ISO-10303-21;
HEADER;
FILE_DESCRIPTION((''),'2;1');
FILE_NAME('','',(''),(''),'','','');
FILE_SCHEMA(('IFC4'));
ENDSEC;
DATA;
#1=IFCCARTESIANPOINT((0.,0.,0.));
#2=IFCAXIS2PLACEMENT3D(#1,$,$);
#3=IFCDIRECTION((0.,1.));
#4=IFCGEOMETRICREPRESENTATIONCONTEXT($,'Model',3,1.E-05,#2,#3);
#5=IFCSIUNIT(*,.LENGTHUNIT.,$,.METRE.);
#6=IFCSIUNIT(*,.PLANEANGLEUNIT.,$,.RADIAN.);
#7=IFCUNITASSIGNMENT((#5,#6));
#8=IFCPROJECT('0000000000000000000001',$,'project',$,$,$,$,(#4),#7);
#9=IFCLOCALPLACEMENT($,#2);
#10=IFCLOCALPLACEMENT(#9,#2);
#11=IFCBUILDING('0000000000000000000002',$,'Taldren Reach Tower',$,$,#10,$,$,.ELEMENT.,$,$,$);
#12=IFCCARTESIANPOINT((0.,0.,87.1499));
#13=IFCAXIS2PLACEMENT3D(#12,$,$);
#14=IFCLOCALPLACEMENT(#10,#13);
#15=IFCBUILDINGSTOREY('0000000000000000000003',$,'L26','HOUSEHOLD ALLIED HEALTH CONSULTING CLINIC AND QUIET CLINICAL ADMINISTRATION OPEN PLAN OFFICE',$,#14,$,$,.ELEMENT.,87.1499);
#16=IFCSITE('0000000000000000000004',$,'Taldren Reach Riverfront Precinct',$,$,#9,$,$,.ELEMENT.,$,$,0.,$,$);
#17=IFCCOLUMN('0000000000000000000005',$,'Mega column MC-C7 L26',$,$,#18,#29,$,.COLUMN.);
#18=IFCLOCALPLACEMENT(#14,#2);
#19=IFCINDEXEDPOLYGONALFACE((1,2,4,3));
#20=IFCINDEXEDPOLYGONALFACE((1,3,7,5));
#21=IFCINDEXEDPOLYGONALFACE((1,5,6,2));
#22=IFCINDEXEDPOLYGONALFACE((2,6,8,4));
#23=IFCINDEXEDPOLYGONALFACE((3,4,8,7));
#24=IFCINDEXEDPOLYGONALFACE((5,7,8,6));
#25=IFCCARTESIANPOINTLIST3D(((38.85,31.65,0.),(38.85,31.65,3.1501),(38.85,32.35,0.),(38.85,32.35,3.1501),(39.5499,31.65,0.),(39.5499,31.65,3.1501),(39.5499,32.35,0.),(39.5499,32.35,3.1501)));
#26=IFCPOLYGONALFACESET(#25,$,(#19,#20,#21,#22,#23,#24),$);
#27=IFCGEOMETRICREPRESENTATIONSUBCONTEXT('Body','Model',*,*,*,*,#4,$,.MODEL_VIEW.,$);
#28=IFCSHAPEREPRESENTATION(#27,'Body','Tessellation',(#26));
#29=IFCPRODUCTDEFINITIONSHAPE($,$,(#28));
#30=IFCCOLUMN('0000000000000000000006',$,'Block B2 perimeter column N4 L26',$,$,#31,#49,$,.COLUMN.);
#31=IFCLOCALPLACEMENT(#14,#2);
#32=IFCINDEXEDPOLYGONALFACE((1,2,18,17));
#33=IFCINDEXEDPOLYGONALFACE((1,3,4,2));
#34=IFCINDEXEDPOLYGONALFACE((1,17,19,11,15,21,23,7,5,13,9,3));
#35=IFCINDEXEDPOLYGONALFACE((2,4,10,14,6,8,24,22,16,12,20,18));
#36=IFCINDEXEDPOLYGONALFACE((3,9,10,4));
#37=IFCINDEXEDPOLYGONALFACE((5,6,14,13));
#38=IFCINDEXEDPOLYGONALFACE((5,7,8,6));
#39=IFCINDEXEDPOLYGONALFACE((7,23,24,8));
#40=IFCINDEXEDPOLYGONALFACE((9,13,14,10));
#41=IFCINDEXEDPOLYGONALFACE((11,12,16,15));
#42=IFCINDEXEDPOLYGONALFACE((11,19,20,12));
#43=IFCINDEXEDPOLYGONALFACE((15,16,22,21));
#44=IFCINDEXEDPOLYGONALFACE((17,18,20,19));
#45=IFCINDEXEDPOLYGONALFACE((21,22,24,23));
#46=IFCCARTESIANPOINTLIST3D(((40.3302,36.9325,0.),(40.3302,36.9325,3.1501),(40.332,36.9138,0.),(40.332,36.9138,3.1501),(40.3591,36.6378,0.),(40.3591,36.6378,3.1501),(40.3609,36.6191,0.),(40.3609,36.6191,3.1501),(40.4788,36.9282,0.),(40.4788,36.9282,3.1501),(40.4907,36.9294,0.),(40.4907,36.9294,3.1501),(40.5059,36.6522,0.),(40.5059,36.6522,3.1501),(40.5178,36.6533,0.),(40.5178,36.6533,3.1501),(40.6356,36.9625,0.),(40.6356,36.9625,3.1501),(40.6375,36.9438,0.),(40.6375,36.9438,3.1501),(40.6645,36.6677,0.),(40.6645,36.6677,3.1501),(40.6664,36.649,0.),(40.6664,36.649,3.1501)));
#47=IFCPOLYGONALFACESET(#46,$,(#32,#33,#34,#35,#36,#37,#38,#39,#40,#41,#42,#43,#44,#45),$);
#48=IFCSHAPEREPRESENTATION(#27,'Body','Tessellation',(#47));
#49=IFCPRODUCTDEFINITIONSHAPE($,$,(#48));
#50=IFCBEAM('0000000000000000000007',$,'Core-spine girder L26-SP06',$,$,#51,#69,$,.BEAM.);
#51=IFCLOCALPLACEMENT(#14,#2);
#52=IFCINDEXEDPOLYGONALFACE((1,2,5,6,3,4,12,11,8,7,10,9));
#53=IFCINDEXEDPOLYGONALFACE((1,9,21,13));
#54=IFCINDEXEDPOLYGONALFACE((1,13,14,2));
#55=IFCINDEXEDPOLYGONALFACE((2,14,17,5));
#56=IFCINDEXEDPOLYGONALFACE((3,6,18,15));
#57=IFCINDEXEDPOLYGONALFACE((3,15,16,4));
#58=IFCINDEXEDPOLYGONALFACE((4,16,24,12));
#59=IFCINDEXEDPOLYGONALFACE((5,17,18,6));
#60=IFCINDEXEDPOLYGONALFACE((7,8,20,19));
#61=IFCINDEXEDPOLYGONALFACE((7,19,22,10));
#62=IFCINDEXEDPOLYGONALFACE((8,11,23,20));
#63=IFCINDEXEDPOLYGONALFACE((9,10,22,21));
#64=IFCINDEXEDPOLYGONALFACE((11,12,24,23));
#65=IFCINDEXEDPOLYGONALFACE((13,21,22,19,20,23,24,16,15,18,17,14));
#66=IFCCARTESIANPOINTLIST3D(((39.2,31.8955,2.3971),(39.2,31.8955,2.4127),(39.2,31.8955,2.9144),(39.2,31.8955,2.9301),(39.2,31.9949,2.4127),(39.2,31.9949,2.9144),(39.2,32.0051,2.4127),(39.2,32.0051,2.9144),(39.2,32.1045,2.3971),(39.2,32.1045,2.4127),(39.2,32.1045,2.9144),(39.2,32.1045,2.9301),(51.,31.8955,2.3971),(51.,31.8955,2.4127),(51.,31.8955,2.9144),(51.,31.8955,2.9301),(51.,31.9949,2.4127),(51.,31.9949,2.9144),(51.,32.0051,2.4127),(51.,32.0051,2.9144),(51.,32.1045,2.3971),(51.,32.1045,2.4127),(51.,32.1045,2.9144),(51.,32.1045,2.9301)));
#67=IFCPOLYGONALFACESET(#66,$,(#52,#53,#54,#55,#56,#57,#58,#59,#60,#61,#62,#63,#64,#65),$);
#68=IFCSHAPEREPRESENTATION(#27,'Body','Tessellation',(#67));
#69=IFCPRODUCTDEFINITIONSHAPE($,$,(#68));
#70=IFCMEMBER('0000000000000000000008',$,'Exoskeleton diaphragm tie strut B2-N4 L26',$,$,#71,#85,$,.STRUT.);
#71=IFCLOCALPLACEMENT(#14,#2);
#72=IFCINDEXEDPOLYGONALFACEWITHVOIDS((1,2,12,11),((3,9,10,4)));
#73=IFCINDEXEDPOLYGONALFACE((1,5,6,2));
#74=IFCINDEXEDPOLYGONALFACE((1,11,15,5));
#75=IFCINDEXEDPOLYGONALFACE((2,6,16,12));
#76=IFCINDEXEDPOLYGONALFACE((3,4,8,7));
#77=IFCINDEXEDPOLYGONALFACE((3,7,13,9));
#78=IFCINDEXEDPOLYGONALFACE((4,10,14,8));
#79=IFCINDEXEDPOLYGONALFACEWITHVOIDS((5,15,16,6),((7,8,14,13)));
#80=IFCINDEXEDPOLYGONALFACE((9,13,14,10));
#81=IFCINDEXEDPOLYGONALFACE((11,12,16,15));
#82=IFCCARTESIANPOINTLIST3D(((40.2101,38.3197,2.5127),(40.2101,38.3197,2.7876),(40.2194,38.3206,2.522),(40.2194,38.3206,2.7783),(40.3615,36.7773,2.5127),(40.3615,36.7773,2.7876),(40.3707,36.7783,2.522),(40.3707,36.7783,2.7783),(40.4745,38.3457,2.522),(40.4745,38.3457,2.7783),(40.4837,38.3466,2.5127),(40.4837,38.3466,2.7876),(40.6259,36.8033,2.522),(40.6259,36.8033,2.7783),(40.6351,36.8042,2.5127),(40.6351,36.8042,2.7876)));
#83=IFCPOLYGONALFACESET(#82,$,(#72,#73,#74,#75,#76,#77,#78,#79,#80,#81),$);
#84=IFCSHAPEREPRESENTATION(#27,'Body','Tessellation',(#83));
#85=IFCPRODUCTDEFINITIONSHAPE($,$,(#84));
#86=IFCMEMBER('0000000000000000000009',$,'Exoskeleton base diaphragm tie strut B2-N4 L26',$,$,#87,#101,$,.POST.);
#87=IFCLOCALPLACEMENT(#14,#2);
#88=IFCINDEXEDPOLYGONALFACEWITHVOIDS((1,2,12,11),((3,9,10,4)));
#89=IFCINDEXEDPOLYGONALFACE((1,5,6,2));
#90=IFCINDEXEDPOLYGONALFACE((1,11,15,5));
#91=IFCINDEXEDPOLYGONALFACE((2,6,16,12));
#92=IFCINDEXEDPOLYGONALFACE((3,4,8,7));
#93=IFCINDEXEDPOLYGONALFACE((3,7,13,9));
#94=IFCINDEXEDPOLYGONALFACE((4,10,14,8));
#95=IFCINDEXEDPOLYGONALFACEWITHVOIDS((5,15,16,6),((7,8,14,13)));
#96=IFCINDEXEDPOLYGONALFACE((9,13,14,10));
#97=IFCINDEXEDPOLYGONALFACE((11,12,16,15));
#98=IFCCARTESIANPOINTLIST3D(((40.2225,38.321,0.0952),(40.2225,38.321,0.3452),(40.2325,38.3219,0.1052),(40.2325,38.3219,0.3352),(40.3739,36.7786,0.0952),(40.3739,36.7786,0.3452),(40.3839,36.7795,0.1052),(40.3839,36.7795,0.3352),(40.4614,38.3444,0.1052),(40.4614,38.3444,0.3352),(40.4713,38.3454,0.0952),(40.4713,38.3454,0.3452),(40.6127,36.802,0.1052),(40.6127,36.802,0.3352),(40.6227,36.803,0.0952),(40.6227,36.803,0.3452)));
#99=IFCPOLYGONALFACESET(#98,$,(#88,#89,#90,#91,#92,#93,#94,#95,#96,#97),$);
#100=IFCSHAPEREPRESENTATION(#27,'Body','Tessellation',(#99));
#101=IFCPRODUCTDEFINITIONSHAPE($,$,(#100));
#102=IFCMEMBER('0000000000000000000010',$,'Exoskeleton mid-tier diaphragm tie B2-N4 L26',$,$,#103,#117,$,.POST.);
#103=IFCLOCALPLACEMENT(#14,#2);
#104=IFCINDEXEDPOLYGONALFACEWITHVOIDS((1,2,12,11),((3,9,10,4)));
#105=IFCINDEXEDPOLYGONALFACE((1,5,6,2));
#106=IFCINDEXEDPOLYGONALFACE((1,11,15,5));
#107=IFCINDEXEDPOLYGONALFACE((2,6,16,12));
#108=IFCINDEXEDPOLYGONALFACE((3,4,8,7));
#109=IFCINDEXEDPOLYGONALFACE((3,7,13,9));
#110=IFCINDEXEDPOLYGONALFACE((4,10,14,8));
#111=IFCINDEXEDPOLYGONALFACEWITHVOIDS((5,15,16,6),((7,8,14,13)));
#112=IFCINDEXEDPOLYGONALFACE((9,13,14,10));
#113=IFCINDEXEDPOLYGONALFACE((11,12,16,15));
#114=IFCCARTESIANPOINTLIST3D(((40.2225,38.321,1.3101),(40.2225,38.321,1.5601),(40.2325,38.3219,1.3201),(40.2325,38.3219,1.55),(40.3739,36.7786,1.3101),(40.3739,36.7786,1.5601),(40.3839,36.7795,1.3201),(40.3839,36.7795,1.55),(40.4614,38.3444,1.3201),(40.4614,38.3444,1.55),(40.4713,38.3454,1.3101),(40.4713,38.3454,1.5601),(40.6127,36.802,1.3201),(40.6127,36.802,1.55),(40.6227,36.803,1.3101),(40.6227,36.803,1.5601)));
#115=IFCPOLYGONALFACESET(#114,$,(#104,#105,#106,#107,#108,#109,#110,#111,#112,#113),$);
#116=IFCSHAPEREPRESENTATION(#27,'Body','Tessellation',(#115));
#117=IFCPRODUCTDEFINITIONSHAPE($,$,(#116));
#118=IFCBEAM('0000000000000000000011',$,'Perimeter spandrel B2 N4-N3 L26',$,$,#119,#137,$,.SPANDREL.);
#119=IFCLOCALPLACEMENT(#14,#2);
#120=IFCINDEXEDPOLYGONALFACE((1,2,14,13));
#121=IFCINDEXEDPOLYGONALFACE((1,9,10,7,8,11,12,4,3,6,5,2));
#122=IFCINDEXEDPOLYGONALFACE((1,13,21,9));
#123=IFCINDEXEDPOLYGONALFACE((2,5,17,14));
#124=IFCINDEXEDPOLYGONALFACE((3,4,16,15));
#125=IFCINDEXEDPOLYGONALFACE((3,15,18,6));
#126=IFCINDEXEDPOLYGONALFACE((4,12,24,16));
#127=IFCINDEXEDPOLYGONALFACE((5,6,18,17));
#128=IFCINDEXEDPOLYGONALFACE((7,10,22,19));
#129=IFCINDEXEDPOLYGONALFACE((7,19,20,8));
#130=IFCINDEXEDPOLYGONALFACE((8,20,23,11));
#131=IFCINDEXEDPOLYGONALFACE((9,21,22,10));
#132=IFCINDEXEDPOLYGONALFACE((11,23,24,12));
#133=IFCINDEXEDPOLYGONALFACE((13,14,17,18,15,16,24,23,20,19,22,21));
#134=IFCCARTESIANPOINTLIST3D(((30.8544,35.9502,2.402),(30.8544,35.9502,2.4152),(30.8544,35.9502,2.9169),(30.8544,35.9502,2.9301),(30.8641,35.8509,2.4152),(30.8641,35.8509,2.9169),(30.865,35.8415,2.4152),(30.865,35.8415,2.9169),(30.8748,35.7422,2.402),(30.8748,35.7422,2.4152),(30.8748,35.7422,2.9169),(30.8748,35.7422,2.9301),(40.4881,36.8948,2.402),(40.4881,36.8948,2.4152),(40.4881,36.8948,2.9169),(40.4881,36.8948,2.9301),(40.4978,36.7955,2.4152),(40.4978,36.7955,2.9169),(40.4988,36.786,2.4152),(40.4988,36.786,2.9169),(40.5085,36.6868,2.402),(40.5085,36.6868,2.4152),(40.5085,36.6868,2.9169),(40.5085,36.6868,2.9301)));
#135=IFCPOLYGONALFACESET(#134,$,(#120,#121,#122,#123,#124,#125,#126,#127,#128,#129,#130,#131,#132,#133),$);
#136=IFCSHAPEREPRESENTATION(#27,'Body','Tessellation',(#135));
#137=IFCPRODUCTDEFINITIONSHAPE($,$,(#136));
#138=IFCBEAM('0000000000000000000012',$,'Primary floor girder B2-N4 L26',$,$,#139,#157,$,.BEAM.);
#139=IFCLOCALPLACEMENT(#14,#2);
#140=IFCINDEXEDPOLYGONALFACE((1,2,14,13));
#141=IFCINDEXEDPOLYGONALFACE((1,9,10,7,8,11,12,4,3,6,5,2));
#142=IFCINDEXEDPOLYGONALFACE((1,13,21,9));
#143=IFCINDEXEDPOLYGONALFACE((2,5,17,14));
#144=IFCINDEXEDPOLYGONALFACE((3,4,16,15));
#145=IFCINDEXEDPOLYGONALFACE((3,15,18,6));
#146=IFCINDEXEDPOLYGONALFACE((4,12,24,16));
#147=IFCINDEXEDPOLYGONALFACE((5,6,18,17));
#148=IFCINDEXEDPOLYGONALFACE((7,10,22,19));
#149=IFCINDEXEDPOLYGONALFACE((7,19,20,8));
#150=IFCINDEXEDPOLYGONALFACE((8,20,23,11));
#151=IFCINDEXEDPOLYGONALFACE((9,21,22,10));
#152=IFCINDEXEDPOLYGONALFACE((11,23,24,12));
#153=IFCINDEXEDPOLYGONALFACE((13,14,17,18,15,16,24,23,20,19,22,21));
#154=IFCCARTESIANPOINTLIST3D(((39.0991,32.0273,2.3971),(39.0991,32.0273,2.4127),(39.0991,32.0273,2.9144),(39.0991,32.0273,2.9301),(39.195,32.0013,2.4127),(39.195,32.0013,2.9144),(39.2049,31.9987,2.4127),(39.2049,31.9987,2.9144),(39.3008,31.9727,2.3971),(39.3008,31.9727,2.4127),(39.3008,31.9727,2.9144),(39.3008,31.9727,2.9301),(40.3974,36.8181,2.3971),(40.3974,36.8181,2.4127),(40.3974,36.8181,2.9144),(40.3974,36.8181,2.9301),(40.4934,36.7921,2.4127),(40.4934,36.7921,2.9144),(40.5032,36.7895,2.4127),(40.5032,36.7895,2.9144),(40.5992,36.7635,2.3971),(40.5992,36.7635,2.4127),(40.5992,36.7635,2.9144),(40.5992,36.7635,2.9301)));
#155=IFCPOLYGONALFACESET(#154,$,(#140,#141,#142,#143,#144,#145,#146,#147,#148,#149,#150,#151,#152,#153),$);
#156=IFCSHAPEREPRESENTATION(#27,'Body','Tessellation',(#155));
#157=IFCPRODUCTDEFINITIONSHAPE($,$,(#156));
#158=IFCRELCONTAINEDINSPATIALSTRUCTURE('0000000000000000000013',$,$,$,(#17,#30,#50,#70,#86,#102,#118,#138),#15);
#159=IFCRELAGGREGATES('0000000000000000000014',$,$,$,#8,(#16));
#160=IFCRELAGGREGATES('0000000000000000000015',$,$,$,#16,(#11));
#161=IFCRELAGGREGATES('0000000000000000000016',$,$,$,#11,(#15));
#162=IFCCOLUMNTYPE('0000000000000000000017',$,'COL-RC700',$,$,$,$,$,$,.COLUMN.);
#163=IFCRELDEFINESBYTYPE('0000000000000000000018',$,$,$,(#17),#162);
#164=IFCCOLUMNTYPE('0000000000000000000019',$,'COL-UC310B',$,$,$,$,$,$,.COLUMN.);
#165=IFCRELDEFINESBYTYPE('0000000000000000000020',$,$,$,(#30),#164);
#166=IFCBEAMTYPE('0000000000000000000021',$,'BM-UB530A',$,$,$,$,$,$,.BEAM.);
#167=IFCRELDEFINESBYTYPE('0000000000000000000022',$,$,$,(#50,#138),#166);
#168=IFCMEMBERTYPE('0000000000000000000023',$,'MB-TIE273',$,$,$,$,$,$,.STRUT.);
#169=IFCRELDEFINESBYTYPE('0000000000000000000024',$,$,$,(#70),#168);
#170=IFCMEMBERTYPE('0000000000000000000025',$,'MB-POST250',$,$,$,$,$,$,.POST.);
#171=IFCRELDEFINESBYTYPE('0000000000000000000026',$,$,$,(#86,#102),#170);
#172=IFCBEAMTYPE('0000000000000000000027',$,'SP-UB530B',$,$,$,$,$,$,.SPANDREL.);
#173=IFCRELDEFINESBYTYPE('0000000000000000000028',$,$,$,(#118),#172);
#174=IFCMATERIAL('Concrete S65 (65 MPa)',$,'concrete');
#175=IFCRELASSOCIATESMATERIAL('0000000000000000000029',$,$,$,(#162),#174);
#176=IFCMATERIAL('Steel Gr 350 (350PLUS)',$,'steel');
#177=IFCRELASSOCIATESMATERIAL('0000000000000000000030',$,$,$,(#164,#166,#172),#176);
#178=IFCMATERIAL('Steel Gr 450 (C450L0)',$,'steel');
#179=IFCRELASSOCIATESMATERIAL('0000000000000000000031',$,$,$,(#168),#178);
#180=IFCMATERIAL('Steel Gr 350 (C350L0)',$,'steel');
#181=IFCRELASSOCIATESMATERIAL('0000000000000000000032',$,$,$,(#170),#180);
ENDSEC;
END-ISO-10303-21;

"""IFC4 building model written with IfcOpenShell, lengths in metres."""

from ifc_helpers import new_model, si_unit, direction, frame, origin, origin_2d, place, context, subcontext, project, spatial, rectangle, hollow_rectangle, i_section, extrude, source, transform, mapped, material, material_profile, profile_set, type_object, element, save


model = new_model("IFC4")

# Units and contexts
model_context = context("Model", 3, precision=1e-05, world=origin(), true_north=direction((0.0, 1.0)))
body_context = subcontext(model_context, "Body", "Model", "MODEL_VIEW")
ifc_project = project(units=[si_unit("LENGTHUNIT", "METRE"), si_unit("PLANEANGLEUNIT", "RADIAN")], contexts=[model_context])

# Site, building, storey
site_placement = place(None, origin())
site = spatial("IfcSite", under=ifc_project, at=site_placement, Name="Taldren Reach Riverfront Precinct", CompositionType="ELEMENT", RefElevation=0.0)
building_placement = place(site_placement, origin())
building = spatial("IfcBuilding", under=site, at=building_placement, Name="Taldren Reach Tower", CompositionType="ELEMENT")
storey_placement = place(building_placement, frame((0.0, 0.0, 87.1499)))
storey = spatial("IfcBuildingStorey", under=building, at=storey_placement, Name="L26", Description="HOUSEHOLD ALLIED HEALTH CONSULTING CLINIC AND QUIET CLINICAL ADMINISTRATION OPEN PLAN OFFICE", CompositionType="ELEMENT", Elevation=87.1499)

# Columns
ifc_material_1 = material(Name="Concrete S65 (65 MPa)", Category="concrete")
ifc_material_profile_1 = material_profile(ifc_material_1, rectangle(XDim=0.7, YDim=0.7, at=origin_2d()), Name="RC-700x700")
ifc_profile_set_1 = profile_set([ifc_material_profile_1], Name="Concrete S65 (65 MPa)")
column_type_1 = type_object("IfcColumnType", Name="COL-RC700", PredefinedType="COLUMN", material=ifc_profile_set_1)
shared_shape_1 = source(origin(), body_context, "Body", "SweptSolid", [
    extrude(rectangle(XDim=0.7, YDim=0.7, at=origin_2d()), origin(), (0.0, 0.0, 1.0), 3.1501),
])
column_1_placement = place(storey_placement, frame((39.2, 32.0, 0.0), z_axis=(0.0, 0.0, 1.0), x_axis=(1.0, 0.0, 0.0)))
element("IfcColumn", 1, at=column_1_placement, inside=storey, type_object=column_type_1, Name="Mega column MC-C7 L26", PredefinedType="COLUMN", context=body_context, shape_type="MappedRepresentation", body=[
    mapped(shared_shape_1, transform((0.0, 0.0, 0.0), scale=1.0)),
])
ifc_material_2 = material(Name="Steel Gr 350 (350PLUS)", Category="steel")
ifc_material_profile_2 = material_profile(ifc_material_2, i_section(OverallWidth=0.3069, OverallDepth=0.3149, WebThickness=0.012, FlangeThickness=0.0188, at=origin_2d()), Name="310UC118")
ifc_profile_set_2 = profile_set([ifc_material_profile_2], Name="Steel Gr 350 (350PLUS)")
column_type_2 = type_object("IfcColumnType", Name="COL-UC310B", PredefinedType="COLUMN", material=ifc_profile_set_2)
shared_shape_2 = source(origin(), body_context, "Body", "SweptSolid", [
    extrude(i_section(OverallWidth=0.3069, OverallDepth=0.3149, WebThickness=0.012, FlangeThickness=0.0188, at=origin_2d()), origin(), (0.0, 0.0, 1.0), 3.1501),
])
column_2_placement = place(storey_placement, frame((40.4983, 36.7908, 0.0), z_axis=(0.0, 0.0, 1.0), x_axis=(0.995227, 0.097583, 0.0)))
element("IfcColumn", 2, at=column_2_placement, inside=storey, type_object=column_type_2, Name="Block B2 perimeter column N4 L26", PredefinedType="COLUMN", context=body_context, shape_type="MappedRepresentation", body=[
    mapped(shared_shape_2, transform((0.0, 0.0, 0.0), scale=1.0)),
])

# Beam
ifc_material_profile_3 = material_profile(ifc_material_2, i_section(OverallWidth=0.209, OverallDepth=0.533, WebThickness=0.0103, FlangeThickness=0.0156, at=origin_2d()), Name="530UB92.4")
ifc_profile_set_3 = profile_set([ifc_material_profile_3], Name="Steel Gr 350 (350PLUS)")
beam_type_1 = type_object("IfcBeamType", Name="BM-UB530A", PredefinedType="BEAM", material=ifc_profile_set_3)
shared_shape_3 = source(origin(), body_context, "Body", "SweptSolid", [
    extrude(i_section(OverallWidth=0.209, OverallDepth=0.533, WebThickness=0.0103, FlangeThickness=0.0156, at=origin_2d()), origin(), (0.0, 0.0, 1.0), 11.8),
])
beam_1_placement = place(storey_placement, frame((39.2, 32.0, 2.6636), z_axis=(1.0, 0.0, 0.0), x_axis=(0.0, 1.0, 0.0)))
element("IfcBeam", 3, at=beam_1_placement, inside=storey, type_object=beam_type_1, Name="Core-spine girder L26-SP06", PredefinedType="BEAM", context=body_context, shape_type="MappedRepresentation", body=[
    mapped(shared_shape_3, transform((0.0, 0.0, 0.0), scale=1.0)),
])

# Members
ifc_material_3 = material(Name="Steel Gr 450 (C450L0)", Category="steel")
ifc_material_profile_4 = material_profile(ifc_material_3, hollow_rectangle(XDim=0.2749, YDim=0.2749, WallThickness=0.0093, at=origin_2d()), Name="275x275x9.3SHS")
ifc_profile_set_4 = profile_set([ifc_material_profile_4], Name="Steel Gr 450 (C450L0)")
member_type_1 = type_object("IfcMemberType", Name="MB-TIE273", PredefinedType="STRUT", material=ifc_profile_set_4)
shared_shape_4 = source(origin(), body_context, "Body", "SweptSolid", [
    extrude(hollow_rectangle(XDim=0.2749, YDim=0.2749, WallThickness=0.0093, at=origin_2d()), origin(), (0.0, 0.0, 1.0), 1.5498),
])
member_1_placement = place(storey_placement, frame((40.4983, 36.7908, 2.6501), z_axis=(-0.097663, 0.99522, 0.0), x_axis=(-0.99522, -0.097663, 0.0)))
element("IfcMember", 4, at=member_1_placement, inside=storey, type_object=member_type_1, Name="Exoskeleton diaphragm tie strut B2-N4 L26", PredefinedType="STRUT", context=body_context, shape_type="MappedRepresentation", body=[
    mapped(shared_shape_4, transform((0.0, 0.0, 0.0), scale=1.0)),
])
ifc_material_4 = material(Name="Steel Gr 350 (C350L0)", Category="steel")
ifc_material_profile_5 = material_profile(ifc_material_4, hollow_rectangle(XDim=0.25, YDim=0.25, WallThickness=0.01, at=origin_2d()), Name="250x250x10.0SHS")
ifc_profile_set_5 = profile_set([ifc_material_profile_5], Name="Steel Gr 350 (C350L0)")
member_type_2 = type_object("IfcMemberType", Name="MB-POST250", PredefinedType="POST", material=ifc_profile_set_5)
shared_shape_5 = source(origin(), body_context, "Body", "SweptSolid", [
    extrude(hollow_rectangle(XDim=0.25, YDim=0.25, WallThickness=0.01, at=origin_2d()), origin(), (0.0, 0.0, 1.0), 1.5498),
])
for number, where, z_axis, x_axis, name in (
    (5, (40.4983, 36.7908, 0.2202), (-0.097663, 0.99522, 0.0), (-0.99522, -0.097663, 0.0), "Exoskeleton base diaphragm tie strut B2-N4 L26"),
    (6, (40.4983, 36.7908, 1.4351), (-0.097663, 0.99522, 0.0), (-0.99522, -0.097663, 0.0), "Exoskeleton mid-tier diaphragm tie B2-N4 L26"),
):
    element("IfcMember", number, at=place(storey_placement, frame(where, z_axis=z_axis, x_axis=x_axis)), inside=storey, type_object=member_type_2, Name=name, PredefinedType="POST", context=body_context, shape_type="MappedRepresentation", body=[
        mapped(shared_shape_5, transform((0.0, 0.0, 0.0), scale=1.0)),
    ])

# Beams
ifc_material_profile_6 = material_profile(ifc_material_2, i_section(OverallWidth=0.209, OverallDepth=0.5281, WebThickness=0.0095, FlangeThickness=0.0132, at=origin_2d()), Name="530UB82.0")
ifc_profile_set_6 = profile_set([ifc_material_profile_6], Name="Steel Gr 350 (350PLUS)")
beam_type_2 = type_object("IfcBeamType", Name="SP-UB530B", PredefinedType="SPANDREL", material=ifc_profile_set_6)
shared_shape_6 = source(origin(), body_context, "Body", "SweptSolid", [
    extrude(i_section(OverallWidth=0.209, OverallDepth=0.5281, WebThickness=0.0095, FlangeThickness=0.0132, at=origin_2d()), origin(), (0.0, 0.0, 1.0), 9.6799),
])
beam_2_placement = place(storey_placement, frame((40.4983, 36.7908, 2.666), z_axis=(-0.995228, -0.097581, 0.0), x_axis=(0.097581, -0.995228, 0.0)))
element("IfcBeam", 7, at=beam_2_placement, inside=storey, type_object=beam_type_2, Name="Perimeter spandrel B2 N4-N3 L26", PredefinedType="SPANDREL", context=body_context, shape_type="MappedRepresentation", body=[
    mapped(shared_shape_6, transform((0.0, 0.0, 0.0), scale=1.0)),
])
shared_shape_7 = source(origin(), body_context, "Body", "SweptSolid", [
    extrude(i_section(OverallWidth=0.209, OverallDepth=0.533, WebThickness=0.0103, FlangeThickness=0.0156, at=origin_2d()), origin(), (0.0, 0.0, 1.0), 4.9636),
])
beam_3_placement = place(storey_placement, frame((39.2, 32.0, 2.6636), z_axis=(0.261573, 0.965184, 0.0), x_axis=(-0.965184, 0.261573, 0.0)))
element("IfcBeam", 8, at=beam_3_placement, inside=storey, type_object=beam_type_1, Name="Primary floor girder B2-N4 L26", PredefinedType="BEAM", context=body_context, shape_type="MappedRepresentation", body=[
    mapped(shared_shape_7, transform((0.0, 0.0, 0.0), scale=1.0)),
])

save(model, "model.ifc")
